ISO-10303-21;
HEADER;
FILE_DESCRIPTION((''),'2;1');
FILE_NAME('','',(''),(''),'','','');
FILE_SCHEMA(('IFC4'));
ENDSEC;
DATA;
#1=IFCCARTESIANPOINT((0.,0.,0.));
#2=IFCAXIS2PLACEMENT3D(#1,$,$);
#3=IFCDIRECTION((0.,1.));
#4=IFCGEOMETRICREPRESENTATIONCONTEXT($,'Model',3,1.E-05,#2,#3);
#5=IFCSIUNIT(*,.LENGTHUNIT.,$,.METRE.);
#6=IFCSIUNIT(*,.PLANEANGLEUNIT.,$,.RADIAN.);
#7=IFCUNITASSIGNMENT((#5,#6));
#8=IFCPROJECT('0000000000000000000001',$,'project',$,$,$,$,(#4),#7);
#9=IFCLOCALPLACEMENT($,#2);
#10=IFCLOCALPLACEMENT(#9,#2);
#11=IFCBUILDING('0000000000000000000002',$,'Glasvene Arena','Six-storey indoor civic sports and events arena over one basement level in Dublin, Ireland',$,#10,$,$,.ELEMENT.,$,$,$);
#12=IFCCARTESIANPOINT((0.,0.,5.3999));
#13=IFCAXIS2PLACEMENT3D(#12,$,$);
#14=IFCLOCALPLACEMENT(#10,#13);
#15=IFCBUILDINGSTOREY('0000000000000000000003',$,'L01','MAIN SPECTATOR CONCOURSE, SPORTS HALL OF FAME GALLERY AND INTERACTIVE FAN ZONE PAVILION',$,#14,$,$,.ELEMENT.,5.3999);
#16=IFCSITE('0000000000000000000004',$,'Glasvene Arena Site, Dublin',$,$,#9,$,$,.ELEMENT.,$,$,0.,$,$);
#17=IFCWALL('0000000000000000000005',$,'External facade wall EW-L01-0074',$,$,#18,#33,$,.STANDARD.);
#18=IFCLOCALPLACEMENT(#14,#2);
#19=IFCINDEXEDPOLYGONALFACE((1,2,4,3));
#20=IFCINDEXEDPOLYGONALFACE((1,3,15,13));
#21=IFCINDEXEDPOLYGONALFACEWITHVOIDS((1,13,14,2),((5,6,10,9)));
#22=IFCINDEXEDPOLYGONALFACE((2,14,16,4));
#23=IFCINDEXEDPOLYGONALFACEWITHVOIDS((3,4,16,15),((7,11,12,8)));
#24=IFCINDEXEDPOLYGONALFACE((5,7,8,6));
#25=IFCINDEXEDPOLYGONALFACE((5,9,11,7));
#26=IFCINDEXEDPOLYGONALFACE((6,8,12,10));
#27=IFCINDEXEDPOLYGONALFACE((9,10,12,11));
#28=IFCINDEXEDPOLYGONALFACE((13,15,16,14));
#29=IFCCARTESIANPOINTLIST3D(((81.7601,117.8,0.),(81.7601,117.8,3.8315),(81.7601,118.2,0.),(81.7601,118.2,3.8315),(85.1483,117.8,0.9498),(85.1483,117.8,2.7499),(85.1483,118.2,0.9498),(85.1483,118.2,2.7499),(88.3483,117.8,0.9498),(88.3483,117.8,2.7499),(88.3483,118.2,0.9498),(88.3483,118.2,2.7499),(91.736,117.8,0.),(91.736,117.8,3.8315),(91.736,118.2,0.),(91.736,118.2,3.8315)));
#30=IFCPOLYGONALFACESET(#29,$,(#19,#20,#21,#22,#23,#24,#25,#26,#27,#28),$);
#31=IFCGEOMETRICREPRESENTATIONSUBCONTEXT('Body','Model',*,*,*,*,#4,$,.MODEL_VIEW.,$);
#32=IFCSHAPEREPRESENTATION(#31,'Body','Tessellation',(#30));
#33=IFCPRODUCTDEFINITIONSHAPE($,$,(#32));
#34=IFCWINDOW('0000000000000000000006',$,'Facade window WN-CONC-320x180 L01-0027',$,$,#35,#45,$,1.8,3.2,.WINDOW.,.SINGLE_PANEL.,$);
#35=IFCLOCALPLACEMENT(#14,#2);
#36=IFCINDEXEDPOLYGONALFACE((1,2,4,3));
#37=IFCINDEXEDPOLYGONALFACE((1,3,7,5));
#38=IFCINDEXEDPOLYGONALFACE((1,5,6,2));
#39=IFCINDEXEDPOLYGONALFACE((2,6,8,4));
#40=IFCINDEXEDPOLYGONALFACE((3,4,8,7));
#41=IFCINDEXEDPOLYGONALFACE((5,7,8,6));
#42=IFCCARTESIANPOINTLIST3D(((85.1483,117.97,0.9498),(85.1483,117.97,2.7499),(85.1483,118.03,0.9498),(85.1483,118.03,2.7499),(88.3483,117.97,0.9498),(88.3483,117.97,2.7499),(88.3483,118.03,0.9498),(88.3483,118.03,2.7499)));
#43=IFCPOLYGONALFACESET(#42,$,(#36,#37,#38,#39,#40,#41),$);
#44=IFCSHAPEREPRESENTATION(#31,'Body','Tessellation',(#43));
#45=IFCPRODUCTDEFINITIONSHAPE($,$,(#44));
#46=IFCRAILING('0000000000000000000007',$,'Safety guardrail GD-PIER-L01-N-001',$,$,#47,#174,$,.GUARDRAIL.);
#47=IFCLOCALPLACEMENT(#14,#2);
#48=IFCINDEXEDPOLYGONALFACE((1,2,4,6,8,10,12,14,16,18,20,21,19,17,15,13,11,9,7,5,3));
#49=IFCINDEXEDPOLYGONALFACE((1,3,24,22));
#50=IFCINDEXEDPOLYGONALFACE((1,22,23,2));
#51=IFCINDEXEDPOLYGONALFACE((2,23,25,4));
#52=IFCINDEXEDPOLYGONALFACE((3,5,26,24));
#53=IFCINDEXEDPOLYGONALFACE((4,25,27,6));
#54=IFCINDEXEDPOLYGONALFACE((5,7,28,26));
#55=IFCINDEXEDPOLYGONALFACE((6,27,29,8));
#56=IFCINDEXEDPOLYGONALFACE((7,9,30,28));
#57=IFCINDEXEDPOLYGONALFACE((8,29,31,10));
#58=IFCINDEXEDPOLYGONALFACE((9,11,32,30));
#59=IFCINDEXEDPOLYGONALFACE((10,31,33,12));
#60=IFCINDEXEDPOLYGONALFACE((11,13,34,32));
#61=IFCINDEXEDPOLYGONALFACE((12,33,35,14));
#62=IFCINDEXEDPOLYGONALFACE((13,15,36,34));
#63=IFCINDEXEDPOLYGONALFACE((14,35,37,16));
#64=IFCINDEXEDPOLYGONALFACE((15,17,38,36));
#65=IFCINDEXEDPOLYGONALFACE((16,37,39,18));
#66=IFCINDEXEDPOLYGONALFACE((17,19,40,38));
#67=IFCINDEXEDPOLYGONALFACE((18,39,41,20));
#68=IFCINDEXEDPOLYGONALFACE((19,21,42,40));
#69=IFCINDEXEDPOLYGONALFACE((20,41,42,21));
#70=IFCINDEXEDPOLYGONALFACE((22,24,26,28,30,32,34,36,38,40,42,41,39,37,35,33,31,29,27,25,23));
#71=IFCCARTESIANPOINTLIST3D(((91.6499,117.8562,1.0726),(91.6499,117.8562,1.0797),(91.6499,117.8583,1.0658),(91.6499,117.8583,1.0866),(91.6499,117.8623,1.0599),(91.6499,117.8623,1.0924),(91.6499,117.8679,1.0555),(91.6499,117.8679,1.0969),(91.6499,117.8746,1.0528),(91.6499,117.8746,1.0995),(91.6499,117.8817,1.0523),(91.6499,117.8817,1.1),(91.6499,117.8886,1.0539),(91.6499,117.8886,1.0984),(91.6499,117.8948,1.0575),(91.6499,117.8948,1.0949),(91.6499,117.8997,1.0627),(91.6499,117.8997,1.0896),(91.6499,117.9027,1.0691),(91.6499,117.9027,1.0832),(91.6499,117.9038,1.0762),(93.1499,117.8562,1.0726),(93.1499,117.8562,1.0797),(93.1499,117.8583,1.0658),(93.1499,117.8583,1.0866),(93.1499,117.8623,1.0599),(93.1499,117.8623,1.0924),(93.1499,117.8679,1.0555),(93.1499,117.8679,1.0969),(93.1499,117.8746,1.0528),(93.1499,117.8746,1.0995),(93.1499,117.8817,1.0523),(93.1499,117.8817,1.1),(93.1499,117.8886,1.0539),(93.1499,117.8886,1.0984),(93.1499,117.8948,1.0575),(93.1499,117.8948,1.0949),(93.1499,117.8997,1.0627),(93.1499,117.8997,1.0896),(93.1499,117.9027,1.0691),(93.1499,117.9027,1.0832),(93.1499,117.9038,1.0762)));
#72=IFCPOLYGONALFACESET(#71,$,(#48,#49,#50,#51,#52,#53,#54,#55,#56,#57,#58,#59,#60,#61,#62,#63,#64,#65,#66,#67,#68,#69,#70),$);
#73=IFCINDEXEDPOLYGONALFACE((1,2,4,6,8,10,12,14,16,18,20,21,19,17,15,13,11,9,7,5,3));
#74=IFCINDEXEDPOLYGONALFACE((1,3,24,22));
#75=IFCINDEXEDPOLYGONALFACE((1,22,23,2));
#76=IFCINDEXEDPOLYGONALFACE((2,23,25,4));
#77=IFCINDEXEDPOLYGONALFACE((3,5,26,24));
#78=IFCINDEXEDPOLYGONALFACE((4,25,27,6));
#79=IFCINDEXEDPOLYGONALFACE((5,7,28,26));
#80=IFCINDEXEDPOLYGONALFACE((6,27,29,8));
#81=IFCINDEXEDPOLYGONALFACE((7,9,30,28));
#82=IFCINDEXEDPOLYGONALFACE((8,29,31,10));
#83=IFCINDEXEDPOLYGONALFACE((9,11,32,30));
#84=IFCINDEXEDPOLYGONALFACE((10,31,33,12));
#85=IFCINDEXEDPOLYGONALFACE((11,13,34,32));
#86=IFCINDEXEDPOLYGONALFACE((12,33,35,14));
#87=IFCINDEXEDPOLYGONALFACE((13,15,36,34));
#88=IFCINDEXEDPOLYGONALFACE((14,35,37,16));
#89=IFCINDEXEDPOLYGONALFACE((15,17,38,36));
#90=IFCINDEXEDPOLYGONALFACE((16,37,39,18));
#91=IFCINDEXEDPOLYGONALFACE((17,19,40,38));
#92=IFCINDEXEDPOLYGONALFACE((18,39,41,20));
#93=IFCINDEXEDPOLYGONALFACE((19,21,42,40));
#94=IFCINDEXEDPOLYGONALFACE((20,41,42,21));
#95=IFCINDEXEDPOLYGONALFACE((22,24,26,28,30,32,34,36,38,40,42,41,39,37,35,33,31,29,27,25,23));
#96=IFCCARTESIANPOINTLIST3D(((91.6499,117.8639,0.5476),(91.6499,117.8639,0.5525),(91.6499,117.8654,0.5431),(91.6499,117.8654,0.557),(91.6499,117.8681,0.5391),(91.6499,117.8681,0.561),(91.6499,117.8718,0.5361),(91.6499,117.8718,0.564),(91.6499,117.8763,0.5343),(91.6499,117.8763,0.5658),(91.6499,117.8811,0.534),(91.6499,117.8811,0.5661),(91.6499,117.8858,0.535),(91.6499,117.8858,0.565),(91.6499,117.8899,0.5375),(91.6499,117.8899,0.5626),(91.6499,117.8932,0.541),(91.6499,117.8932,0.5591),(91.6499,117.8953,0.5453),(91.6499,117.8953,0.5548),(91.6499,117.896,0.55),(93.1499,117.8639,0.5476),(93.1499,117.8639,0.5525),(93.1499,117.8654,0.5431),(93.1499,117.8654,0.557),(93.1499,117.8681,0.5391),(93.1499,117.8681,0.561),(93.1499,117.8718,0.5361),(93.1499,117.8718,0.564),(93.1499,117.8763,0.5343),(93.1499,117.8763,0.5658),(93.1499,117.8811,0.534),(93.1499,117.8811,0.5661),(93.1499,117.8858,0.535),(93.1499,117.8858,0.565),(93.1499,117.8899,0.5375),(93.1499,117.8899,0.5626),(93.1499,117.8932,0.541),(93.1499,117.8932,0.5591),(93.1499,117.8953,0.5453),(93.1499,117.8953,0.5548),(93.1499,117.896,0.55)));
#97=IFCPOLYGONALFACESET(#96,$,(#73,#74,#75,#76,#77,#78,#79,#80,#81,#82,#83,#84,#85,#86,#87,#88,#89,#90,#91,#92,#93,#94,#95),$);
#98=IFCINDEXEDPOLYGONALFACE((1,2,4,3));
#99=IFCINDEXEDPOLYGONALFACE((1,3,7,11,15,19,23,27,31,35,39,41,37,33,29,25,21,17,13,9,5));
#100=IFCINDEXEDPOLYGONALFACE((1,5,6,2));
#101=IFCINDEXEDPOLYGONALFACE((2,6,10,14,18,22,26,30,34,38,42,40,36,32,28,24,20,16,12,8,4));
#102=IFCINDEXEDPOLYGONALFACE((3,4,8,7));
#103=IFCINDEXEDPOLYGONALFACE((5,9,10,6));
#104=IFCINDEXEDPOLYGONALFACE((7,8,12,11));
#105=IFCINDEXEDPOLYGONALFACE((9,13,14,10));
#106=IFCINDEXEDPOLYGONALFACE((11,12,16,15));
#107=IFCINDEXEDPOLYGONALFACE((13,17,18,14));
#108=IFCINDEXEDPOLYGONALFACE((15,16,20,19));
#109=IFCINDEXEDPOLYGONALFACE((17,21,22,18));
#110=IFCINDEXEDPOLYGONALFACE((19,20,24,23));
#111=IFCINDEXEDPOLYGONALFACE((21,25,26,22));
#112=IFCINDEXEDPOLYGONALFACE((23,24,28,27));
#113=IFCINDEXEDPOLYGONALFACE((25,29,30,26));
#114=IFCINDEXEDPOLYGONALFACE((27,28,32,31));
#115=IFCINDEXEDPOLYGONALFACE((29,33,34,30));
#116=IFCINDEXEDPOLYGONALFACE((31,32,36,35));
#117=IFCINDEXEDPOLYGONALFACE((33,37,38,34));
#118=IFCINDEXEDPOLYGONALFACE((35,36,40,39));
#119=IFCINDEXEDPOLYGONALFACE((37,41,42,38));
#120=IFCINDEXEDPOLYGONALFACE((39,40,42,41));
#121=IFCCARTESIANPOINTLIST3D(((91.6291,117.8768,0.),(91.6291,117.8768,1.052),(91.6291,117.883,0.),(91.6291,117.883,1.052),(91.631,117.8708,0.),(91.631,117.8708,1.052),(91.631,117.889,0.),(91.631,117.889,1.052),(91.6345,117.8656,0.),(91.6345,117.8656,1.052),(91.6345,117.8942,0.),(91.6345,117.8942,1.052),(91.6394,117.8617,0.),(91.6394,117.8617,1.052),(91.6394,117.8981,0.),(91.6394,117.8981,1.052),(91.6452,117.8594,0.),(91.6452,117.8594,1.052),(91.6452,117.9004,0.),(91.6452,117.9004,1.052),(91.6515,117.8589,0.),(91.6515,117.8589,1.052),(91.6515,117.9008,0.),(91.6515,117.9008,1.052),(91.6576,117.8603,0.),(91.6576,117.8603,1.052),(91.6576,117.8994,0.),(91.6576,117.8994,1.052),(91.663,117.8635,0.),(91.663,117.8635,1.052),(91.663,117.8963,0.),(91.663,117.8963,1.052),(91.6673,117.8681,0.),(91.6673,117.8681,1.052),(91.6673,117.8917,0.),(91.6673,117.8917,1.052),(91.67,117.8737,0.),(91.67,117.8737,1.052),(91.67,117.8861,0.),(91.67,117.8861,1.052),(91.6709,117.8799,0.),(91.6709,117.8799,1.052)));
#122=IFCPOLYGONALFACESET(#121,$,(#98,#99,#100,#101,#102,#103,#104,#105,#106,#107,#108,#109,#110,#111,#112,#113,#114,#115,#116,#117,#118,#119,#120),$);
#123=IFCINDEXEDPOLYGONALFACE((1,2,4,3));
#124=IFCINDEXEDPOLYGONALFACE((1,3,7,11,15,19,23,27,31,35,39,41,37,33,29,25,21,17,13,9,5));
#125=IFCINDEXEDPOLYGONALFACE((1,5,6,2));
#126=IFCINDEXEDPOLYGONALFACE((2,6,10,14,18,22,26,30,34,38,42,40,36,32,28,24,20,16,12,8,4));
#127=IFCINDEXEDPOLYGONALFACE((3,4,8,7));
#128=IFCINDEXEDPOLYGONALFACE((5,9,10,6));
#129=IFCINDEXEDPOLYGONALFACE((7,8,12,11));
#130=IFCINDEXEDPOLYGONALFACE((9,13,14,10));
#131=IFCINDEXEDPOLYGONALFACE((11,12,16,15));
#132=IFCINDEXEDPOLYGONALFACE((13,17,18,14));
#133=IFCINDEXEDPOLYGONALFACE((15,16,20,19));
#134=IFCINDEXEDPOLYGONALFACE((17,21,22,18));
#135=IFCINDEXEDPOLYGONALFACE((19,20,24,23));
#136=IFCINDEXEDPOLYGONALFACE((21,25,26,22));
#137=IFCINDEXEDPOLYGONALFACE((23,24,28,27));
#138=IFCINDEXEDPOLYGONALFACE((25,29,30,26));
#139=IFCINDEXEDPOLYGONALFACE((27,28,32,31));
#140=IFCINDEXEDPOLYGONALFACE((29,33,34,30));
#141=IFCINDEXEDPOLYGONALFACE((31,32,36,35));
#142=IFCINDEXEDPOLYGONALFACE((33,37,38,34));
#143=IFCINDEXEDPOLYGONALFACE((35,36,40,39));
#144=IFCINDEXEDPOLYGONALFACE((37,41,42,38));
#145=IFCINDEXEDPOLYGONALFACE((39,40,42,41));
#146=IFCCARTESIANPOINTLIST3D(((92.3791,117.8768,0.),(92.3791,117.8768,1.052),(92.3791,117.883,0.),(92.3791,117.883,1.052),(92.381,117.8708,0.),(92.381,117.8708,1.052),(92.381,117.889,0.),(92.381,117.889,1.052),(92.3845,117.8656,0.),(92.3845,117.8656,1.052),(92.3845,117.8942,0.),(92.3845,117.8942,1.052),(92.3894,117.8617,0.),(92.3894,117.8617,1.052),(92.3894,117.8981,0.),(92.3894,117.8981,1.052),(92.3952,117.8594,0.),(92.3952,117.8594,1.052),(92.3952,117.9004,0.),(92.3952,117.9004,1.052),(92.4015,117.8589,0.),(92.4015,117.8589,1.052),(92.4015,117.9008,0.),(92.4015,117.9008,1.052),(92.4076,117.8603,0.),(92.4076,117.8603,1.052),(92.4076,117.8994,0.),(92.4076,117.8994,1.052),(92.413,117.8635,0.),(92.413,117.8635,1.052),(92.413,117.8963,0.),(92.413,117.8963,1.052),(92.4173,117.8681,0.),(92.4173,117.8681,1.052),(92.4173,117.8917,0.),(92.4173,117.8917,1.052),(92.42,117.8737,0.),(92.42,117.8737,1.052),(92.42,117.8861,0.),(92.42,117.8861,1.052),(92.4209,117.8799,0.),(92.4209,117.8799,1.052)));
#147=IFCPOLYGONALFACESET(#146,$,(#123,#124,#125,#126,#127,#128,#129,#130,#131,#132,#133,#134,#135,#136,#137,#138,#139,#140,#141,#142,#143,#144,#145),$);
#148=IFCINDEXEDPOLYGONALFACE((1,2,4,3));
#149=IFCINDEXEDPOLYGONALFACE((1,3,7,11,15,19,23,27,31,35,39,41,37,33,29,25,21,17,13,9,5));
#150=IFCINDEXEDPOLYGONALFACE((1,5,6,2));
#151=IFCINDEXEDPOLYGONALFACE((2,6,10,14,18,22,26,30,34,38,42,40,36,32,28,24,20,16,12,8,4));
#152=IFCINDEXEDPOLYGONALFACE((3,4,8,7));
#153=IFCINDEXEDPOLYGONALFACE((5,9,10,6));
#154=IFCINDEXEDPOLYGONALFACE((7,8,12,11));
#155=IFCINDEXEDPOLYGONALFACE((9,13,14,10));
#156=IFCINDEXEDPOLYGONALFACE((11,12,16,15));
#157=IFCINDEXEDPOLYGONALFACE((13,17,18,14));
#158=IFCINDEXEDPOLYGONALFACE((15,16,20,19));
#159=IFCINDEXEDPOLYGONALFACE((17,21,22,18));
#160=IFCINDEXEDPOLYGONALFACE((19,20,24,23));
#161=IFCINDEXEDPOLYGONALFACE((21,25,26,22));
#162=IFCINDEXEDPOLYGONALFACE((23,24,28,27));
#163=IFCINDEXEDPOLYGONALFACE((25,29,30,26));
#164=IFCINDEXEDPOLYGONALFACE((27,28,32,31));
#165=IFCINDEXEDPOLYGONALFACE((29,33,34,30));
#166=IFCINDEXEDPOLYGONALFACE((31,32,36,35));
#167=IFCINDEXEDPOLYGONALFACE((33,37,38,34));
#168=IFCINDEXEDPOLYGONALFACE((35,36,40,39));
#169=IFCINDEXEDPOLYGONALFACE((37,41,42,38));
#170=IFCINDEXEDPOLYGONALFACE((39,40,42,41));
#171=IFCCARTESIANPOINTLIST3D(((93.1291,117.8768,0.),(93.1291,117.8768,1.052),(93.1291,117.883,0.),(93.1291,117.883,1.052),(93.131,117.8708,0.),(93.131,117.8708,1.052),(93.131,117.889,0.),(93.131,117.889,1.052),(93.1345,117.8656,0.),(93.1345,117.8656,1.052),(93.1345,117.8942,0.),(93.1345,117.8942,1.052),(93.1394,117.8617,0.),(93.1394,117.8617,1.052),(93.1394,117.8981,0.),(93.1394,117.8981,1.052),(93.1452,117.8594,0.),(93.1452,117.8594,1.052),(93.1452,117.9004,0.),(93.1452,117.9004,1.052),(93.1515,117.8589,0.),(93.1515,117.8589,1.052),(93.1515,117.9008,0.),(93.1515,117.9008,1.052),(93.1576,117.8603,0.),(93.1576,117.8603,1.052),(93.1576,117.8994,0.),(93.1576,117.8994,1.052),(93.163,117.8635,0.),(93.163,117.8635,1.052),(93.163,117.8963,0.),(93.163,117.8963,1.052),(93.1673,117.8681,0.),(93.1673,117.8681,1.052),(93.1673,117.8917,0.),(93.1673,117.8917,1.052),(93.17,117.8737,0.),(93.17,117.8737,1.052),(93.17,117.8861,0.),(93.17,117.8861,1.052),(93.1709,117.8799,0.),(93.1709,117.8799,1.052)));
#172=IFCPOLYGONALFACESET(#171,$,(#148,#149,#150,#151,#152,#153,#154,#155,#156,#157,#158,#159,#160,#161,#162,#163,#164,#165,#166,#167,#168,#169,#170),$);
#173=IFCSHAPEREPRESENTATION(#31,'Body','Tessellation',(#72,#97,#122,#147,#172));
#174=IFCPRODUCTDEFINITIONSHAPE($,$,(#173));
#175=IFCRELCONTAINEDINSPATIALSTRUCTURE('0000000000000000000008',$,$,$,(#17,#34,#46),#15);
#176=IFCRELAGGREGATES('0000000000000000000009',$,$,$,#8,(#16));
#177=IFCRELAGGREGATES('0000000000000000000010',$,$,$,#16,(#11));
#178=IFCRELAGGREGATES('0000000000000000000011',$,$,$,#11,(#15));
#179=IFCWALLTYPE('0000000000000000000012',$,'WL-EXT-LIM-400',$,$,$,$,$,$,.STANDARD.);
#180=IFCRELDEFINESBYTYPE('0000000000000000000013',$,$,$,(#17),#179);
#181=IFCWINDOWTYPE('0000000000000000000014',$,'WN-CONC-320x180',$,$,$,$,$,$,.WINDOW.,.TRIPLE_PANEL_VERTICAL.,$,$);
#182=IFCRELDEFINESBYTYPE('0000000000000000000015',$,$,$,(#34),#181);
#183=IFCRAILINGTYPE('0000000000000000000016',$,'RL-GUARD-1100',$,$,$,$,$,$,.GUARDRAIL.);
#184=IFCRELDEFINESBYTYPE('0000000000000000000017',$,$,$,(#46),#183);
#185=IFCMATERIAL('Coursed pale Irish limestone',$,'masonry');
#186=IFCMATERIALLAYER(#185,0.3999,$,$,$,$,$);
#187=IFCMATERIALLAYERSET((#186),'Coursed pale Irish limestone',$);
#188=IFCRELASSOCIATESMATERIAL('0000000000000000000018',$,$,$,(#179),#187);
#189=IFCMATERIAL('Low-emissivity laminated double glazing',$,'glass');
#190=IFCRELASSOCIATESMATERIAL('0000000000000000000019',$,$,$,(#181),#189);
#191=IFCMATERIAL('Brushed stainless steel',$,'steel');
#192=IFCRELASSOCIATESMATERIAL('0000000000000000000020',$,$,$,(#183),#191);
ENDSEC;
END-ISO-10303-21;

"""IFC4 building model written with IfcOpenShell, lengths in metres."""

from ifc_helpers import new_model, si_unit, direction, frame, frame_2d, origin, origin_2d, place, context, subcontext, project, spatial, rectangle, circle, extrude, material, layer, layer_set, type_object, element, fill, save


model = new_model("IFC4")

# Units and contexts
model_context = context("Model", 3, precision=1e-05, world=origin(), true_north=direction((0.0, 1.0)))
body_context = subcontext(model_context, "Body", "Model", "MODEL_VIEW")
ifc_project = project(units=[si_unit("LENGTHUNIT", "METRE"), si_unit("PLANEANGLEUNIT", "RADIAN")], contexts=[model_context])

# Site, building, storey
site_placement = place(None, origin())
site = spatial("IfcSite", under=ifc_project, at=site_placement, Name="Glasvene Arena Site, Dublin", CompositionType="ELEMENT", RefElevation=0.0)
building_placement = place(site_placement, origin())
building = spatial("IfcBuilding", under=site, at=building_placement, Name="Glasvene Arena", Description="Six-storey indoor civic sports and events arena over one basement level in Dublin, Ireland", CompositionType="ELEMENT")
storey_placement = place(building_placement, frame((0.0, 0.0, 5.3999)))
storey = spatial("IfcBuildingStorey", under=building, at=storey_placement, Name="L01", Description="MAIN SPECTATOR CONCOURSE, SPORTS HALL OF FAME GALLERY AND INTERACTIVE FAN ZONE PAVILION", CompositionType="ELEMENT", Elevation=5.3999)

# Shared definitions
ifc_material_1 = material(Name="Low-emissivity laminated double glazing", Category="glass")

# Wall, opening, window
ifc_material_2 = material(Name="Coursed pale Irish limestone", Category="masonry")
ifc_layer_1 = layer(ifc_material_2, 0.3999)
ifc_layer_set_1 = layer_set([ifc_layer_1], Name="Coursed pale Irish limestone")
wall_type = type_object("IfcWallType", Name="WL-EXT-LIM-400", PredefinedType="STANDARD", material=ifc_layer_set_1)
window_type = type_object("IfcWindowType", Name="WN-CONC-320x180", PartitioningType="TRIPLE_PANEL_VERTICAL", PredefinedType="WINDOW", material=ifc_material_1)
wall_1_placement = place(storey_placement, frame((81.7603, 118.0, 0.0), z_axis=(0.0, 0.0, 1.0), x_axis=(1.0, 0.0, 0.0)))
wall_1 = element("IfcWall", 1, at=wall_1_placement, inside=storey, type_object=wall_type, Name="External facade wall EW-L01-0074", PredefinedType="STANDARD", context=body_context, shape_type="SweptSolid", body=[
    extrude(rectangle(XDim=9.9758, YDim=0.3999, at=frame_2d((4.9878, 0.0))), origin(), (0.0, 0.0, 1.0), 3.8315),
])
opening_1_placement = place(wall_1_placement, frame((3.3879, 0.0, 0.95)))
opening_1 = element("IfcOpeningElement", 2, at=opening_1_placement, cuts=wall_1, PredefinedType="OPENING", context=body_context, shape_type="SweptSolid", body=[
    extrude(rectangle(XDim=3.2, YDim=1.8, at=frame_2d((1.6001, 0.8999))), frame((0.0, 0.21, 0.0), z_axis=(0.0, -1.0, 0.0), x_axis=(1.0, 0.0, 0.0)), (0.0, 0.0, 1.0), 0.4199),
])
window_1_placement = place(opening_1_placement, origin())
window_1 = element("IfcWindow", 3, at=window_1_placement, inside=storey, type_object=window_type, Name="Facade window WN-CONC-320x180 L01-0027", OverallHeight=1.8, OverallWidth=3.2, PartitioningType="SINGLE_PANEL", PredefinedType="WINDOW", context=body_context, shape_type="SweptSolid", body=[
    extrude(rectangle(XDim=3.2, YDim=1.8, at=frame_2d((1.6001, 0.8999))), frame((0.0, 0.03, 0.0), z_axis=(0.0, -1.0, 0.0), x_axis=(1.0, 0.0, 0.0)), (0.0, 0.0, 1.0), 0.0601),
])
fill(opening_1, window_1)

# Railing
ifc_material_3 = material(Name="Brushed stainless steel", Category="steel")
railing_type = type_object("IfcRailingType", Name="RL-GUARD-1100", PredefinedType="GUARDRAIL", material=ifc_material_3)
railing_placement = place(storey_placement, frame((91.6499, 117.8799, 0.0)))
element("IfcRailing", 4, at=railing_placement, inside=storey, type_object=railing_type, Name="Safety guardrail GD-PIER-L01-N-001", PredefinedType="GUARDRAIL", context=body_context, shape_type="SweptSolid", body=[
    extrude(circle(Radius=0.0239, at=origin_2d()), frame((0.0, 0.0, 1.0762), z_axis=(1.0, 0.0, 0.0), x_axis=(0.0, 1.0, 0.0)), (0.0, 0.0, 1.0), 1.5),
    extrude(circle(Radius=0.0161, at=origin_2d()), frame((0.0, 0.0, 0.55), z_axis=(1.0, 0.0, 0.0), x_axis=(0.0, 1.0, 0.0)), (0.0, 0.0, 1.0), 1.5),
    extrude(circle(Radius=0.021, at=origin_2d()), origin(), (0.0, 0.0, 1.0), 1.052),
    extrude(circle(Radius=0.021, at=origin_2d()), frame((0.75, 0.0, 0.0)), (0.0, 0.0, 1.0), 1.052),
    extrude(circle(Radius=0.021, at=origin_2d()), frame((1.5, 0.0, 0.0)), (0.0, 0.0, 1.0), 1.052),
])

save(model, "model.ifc")
